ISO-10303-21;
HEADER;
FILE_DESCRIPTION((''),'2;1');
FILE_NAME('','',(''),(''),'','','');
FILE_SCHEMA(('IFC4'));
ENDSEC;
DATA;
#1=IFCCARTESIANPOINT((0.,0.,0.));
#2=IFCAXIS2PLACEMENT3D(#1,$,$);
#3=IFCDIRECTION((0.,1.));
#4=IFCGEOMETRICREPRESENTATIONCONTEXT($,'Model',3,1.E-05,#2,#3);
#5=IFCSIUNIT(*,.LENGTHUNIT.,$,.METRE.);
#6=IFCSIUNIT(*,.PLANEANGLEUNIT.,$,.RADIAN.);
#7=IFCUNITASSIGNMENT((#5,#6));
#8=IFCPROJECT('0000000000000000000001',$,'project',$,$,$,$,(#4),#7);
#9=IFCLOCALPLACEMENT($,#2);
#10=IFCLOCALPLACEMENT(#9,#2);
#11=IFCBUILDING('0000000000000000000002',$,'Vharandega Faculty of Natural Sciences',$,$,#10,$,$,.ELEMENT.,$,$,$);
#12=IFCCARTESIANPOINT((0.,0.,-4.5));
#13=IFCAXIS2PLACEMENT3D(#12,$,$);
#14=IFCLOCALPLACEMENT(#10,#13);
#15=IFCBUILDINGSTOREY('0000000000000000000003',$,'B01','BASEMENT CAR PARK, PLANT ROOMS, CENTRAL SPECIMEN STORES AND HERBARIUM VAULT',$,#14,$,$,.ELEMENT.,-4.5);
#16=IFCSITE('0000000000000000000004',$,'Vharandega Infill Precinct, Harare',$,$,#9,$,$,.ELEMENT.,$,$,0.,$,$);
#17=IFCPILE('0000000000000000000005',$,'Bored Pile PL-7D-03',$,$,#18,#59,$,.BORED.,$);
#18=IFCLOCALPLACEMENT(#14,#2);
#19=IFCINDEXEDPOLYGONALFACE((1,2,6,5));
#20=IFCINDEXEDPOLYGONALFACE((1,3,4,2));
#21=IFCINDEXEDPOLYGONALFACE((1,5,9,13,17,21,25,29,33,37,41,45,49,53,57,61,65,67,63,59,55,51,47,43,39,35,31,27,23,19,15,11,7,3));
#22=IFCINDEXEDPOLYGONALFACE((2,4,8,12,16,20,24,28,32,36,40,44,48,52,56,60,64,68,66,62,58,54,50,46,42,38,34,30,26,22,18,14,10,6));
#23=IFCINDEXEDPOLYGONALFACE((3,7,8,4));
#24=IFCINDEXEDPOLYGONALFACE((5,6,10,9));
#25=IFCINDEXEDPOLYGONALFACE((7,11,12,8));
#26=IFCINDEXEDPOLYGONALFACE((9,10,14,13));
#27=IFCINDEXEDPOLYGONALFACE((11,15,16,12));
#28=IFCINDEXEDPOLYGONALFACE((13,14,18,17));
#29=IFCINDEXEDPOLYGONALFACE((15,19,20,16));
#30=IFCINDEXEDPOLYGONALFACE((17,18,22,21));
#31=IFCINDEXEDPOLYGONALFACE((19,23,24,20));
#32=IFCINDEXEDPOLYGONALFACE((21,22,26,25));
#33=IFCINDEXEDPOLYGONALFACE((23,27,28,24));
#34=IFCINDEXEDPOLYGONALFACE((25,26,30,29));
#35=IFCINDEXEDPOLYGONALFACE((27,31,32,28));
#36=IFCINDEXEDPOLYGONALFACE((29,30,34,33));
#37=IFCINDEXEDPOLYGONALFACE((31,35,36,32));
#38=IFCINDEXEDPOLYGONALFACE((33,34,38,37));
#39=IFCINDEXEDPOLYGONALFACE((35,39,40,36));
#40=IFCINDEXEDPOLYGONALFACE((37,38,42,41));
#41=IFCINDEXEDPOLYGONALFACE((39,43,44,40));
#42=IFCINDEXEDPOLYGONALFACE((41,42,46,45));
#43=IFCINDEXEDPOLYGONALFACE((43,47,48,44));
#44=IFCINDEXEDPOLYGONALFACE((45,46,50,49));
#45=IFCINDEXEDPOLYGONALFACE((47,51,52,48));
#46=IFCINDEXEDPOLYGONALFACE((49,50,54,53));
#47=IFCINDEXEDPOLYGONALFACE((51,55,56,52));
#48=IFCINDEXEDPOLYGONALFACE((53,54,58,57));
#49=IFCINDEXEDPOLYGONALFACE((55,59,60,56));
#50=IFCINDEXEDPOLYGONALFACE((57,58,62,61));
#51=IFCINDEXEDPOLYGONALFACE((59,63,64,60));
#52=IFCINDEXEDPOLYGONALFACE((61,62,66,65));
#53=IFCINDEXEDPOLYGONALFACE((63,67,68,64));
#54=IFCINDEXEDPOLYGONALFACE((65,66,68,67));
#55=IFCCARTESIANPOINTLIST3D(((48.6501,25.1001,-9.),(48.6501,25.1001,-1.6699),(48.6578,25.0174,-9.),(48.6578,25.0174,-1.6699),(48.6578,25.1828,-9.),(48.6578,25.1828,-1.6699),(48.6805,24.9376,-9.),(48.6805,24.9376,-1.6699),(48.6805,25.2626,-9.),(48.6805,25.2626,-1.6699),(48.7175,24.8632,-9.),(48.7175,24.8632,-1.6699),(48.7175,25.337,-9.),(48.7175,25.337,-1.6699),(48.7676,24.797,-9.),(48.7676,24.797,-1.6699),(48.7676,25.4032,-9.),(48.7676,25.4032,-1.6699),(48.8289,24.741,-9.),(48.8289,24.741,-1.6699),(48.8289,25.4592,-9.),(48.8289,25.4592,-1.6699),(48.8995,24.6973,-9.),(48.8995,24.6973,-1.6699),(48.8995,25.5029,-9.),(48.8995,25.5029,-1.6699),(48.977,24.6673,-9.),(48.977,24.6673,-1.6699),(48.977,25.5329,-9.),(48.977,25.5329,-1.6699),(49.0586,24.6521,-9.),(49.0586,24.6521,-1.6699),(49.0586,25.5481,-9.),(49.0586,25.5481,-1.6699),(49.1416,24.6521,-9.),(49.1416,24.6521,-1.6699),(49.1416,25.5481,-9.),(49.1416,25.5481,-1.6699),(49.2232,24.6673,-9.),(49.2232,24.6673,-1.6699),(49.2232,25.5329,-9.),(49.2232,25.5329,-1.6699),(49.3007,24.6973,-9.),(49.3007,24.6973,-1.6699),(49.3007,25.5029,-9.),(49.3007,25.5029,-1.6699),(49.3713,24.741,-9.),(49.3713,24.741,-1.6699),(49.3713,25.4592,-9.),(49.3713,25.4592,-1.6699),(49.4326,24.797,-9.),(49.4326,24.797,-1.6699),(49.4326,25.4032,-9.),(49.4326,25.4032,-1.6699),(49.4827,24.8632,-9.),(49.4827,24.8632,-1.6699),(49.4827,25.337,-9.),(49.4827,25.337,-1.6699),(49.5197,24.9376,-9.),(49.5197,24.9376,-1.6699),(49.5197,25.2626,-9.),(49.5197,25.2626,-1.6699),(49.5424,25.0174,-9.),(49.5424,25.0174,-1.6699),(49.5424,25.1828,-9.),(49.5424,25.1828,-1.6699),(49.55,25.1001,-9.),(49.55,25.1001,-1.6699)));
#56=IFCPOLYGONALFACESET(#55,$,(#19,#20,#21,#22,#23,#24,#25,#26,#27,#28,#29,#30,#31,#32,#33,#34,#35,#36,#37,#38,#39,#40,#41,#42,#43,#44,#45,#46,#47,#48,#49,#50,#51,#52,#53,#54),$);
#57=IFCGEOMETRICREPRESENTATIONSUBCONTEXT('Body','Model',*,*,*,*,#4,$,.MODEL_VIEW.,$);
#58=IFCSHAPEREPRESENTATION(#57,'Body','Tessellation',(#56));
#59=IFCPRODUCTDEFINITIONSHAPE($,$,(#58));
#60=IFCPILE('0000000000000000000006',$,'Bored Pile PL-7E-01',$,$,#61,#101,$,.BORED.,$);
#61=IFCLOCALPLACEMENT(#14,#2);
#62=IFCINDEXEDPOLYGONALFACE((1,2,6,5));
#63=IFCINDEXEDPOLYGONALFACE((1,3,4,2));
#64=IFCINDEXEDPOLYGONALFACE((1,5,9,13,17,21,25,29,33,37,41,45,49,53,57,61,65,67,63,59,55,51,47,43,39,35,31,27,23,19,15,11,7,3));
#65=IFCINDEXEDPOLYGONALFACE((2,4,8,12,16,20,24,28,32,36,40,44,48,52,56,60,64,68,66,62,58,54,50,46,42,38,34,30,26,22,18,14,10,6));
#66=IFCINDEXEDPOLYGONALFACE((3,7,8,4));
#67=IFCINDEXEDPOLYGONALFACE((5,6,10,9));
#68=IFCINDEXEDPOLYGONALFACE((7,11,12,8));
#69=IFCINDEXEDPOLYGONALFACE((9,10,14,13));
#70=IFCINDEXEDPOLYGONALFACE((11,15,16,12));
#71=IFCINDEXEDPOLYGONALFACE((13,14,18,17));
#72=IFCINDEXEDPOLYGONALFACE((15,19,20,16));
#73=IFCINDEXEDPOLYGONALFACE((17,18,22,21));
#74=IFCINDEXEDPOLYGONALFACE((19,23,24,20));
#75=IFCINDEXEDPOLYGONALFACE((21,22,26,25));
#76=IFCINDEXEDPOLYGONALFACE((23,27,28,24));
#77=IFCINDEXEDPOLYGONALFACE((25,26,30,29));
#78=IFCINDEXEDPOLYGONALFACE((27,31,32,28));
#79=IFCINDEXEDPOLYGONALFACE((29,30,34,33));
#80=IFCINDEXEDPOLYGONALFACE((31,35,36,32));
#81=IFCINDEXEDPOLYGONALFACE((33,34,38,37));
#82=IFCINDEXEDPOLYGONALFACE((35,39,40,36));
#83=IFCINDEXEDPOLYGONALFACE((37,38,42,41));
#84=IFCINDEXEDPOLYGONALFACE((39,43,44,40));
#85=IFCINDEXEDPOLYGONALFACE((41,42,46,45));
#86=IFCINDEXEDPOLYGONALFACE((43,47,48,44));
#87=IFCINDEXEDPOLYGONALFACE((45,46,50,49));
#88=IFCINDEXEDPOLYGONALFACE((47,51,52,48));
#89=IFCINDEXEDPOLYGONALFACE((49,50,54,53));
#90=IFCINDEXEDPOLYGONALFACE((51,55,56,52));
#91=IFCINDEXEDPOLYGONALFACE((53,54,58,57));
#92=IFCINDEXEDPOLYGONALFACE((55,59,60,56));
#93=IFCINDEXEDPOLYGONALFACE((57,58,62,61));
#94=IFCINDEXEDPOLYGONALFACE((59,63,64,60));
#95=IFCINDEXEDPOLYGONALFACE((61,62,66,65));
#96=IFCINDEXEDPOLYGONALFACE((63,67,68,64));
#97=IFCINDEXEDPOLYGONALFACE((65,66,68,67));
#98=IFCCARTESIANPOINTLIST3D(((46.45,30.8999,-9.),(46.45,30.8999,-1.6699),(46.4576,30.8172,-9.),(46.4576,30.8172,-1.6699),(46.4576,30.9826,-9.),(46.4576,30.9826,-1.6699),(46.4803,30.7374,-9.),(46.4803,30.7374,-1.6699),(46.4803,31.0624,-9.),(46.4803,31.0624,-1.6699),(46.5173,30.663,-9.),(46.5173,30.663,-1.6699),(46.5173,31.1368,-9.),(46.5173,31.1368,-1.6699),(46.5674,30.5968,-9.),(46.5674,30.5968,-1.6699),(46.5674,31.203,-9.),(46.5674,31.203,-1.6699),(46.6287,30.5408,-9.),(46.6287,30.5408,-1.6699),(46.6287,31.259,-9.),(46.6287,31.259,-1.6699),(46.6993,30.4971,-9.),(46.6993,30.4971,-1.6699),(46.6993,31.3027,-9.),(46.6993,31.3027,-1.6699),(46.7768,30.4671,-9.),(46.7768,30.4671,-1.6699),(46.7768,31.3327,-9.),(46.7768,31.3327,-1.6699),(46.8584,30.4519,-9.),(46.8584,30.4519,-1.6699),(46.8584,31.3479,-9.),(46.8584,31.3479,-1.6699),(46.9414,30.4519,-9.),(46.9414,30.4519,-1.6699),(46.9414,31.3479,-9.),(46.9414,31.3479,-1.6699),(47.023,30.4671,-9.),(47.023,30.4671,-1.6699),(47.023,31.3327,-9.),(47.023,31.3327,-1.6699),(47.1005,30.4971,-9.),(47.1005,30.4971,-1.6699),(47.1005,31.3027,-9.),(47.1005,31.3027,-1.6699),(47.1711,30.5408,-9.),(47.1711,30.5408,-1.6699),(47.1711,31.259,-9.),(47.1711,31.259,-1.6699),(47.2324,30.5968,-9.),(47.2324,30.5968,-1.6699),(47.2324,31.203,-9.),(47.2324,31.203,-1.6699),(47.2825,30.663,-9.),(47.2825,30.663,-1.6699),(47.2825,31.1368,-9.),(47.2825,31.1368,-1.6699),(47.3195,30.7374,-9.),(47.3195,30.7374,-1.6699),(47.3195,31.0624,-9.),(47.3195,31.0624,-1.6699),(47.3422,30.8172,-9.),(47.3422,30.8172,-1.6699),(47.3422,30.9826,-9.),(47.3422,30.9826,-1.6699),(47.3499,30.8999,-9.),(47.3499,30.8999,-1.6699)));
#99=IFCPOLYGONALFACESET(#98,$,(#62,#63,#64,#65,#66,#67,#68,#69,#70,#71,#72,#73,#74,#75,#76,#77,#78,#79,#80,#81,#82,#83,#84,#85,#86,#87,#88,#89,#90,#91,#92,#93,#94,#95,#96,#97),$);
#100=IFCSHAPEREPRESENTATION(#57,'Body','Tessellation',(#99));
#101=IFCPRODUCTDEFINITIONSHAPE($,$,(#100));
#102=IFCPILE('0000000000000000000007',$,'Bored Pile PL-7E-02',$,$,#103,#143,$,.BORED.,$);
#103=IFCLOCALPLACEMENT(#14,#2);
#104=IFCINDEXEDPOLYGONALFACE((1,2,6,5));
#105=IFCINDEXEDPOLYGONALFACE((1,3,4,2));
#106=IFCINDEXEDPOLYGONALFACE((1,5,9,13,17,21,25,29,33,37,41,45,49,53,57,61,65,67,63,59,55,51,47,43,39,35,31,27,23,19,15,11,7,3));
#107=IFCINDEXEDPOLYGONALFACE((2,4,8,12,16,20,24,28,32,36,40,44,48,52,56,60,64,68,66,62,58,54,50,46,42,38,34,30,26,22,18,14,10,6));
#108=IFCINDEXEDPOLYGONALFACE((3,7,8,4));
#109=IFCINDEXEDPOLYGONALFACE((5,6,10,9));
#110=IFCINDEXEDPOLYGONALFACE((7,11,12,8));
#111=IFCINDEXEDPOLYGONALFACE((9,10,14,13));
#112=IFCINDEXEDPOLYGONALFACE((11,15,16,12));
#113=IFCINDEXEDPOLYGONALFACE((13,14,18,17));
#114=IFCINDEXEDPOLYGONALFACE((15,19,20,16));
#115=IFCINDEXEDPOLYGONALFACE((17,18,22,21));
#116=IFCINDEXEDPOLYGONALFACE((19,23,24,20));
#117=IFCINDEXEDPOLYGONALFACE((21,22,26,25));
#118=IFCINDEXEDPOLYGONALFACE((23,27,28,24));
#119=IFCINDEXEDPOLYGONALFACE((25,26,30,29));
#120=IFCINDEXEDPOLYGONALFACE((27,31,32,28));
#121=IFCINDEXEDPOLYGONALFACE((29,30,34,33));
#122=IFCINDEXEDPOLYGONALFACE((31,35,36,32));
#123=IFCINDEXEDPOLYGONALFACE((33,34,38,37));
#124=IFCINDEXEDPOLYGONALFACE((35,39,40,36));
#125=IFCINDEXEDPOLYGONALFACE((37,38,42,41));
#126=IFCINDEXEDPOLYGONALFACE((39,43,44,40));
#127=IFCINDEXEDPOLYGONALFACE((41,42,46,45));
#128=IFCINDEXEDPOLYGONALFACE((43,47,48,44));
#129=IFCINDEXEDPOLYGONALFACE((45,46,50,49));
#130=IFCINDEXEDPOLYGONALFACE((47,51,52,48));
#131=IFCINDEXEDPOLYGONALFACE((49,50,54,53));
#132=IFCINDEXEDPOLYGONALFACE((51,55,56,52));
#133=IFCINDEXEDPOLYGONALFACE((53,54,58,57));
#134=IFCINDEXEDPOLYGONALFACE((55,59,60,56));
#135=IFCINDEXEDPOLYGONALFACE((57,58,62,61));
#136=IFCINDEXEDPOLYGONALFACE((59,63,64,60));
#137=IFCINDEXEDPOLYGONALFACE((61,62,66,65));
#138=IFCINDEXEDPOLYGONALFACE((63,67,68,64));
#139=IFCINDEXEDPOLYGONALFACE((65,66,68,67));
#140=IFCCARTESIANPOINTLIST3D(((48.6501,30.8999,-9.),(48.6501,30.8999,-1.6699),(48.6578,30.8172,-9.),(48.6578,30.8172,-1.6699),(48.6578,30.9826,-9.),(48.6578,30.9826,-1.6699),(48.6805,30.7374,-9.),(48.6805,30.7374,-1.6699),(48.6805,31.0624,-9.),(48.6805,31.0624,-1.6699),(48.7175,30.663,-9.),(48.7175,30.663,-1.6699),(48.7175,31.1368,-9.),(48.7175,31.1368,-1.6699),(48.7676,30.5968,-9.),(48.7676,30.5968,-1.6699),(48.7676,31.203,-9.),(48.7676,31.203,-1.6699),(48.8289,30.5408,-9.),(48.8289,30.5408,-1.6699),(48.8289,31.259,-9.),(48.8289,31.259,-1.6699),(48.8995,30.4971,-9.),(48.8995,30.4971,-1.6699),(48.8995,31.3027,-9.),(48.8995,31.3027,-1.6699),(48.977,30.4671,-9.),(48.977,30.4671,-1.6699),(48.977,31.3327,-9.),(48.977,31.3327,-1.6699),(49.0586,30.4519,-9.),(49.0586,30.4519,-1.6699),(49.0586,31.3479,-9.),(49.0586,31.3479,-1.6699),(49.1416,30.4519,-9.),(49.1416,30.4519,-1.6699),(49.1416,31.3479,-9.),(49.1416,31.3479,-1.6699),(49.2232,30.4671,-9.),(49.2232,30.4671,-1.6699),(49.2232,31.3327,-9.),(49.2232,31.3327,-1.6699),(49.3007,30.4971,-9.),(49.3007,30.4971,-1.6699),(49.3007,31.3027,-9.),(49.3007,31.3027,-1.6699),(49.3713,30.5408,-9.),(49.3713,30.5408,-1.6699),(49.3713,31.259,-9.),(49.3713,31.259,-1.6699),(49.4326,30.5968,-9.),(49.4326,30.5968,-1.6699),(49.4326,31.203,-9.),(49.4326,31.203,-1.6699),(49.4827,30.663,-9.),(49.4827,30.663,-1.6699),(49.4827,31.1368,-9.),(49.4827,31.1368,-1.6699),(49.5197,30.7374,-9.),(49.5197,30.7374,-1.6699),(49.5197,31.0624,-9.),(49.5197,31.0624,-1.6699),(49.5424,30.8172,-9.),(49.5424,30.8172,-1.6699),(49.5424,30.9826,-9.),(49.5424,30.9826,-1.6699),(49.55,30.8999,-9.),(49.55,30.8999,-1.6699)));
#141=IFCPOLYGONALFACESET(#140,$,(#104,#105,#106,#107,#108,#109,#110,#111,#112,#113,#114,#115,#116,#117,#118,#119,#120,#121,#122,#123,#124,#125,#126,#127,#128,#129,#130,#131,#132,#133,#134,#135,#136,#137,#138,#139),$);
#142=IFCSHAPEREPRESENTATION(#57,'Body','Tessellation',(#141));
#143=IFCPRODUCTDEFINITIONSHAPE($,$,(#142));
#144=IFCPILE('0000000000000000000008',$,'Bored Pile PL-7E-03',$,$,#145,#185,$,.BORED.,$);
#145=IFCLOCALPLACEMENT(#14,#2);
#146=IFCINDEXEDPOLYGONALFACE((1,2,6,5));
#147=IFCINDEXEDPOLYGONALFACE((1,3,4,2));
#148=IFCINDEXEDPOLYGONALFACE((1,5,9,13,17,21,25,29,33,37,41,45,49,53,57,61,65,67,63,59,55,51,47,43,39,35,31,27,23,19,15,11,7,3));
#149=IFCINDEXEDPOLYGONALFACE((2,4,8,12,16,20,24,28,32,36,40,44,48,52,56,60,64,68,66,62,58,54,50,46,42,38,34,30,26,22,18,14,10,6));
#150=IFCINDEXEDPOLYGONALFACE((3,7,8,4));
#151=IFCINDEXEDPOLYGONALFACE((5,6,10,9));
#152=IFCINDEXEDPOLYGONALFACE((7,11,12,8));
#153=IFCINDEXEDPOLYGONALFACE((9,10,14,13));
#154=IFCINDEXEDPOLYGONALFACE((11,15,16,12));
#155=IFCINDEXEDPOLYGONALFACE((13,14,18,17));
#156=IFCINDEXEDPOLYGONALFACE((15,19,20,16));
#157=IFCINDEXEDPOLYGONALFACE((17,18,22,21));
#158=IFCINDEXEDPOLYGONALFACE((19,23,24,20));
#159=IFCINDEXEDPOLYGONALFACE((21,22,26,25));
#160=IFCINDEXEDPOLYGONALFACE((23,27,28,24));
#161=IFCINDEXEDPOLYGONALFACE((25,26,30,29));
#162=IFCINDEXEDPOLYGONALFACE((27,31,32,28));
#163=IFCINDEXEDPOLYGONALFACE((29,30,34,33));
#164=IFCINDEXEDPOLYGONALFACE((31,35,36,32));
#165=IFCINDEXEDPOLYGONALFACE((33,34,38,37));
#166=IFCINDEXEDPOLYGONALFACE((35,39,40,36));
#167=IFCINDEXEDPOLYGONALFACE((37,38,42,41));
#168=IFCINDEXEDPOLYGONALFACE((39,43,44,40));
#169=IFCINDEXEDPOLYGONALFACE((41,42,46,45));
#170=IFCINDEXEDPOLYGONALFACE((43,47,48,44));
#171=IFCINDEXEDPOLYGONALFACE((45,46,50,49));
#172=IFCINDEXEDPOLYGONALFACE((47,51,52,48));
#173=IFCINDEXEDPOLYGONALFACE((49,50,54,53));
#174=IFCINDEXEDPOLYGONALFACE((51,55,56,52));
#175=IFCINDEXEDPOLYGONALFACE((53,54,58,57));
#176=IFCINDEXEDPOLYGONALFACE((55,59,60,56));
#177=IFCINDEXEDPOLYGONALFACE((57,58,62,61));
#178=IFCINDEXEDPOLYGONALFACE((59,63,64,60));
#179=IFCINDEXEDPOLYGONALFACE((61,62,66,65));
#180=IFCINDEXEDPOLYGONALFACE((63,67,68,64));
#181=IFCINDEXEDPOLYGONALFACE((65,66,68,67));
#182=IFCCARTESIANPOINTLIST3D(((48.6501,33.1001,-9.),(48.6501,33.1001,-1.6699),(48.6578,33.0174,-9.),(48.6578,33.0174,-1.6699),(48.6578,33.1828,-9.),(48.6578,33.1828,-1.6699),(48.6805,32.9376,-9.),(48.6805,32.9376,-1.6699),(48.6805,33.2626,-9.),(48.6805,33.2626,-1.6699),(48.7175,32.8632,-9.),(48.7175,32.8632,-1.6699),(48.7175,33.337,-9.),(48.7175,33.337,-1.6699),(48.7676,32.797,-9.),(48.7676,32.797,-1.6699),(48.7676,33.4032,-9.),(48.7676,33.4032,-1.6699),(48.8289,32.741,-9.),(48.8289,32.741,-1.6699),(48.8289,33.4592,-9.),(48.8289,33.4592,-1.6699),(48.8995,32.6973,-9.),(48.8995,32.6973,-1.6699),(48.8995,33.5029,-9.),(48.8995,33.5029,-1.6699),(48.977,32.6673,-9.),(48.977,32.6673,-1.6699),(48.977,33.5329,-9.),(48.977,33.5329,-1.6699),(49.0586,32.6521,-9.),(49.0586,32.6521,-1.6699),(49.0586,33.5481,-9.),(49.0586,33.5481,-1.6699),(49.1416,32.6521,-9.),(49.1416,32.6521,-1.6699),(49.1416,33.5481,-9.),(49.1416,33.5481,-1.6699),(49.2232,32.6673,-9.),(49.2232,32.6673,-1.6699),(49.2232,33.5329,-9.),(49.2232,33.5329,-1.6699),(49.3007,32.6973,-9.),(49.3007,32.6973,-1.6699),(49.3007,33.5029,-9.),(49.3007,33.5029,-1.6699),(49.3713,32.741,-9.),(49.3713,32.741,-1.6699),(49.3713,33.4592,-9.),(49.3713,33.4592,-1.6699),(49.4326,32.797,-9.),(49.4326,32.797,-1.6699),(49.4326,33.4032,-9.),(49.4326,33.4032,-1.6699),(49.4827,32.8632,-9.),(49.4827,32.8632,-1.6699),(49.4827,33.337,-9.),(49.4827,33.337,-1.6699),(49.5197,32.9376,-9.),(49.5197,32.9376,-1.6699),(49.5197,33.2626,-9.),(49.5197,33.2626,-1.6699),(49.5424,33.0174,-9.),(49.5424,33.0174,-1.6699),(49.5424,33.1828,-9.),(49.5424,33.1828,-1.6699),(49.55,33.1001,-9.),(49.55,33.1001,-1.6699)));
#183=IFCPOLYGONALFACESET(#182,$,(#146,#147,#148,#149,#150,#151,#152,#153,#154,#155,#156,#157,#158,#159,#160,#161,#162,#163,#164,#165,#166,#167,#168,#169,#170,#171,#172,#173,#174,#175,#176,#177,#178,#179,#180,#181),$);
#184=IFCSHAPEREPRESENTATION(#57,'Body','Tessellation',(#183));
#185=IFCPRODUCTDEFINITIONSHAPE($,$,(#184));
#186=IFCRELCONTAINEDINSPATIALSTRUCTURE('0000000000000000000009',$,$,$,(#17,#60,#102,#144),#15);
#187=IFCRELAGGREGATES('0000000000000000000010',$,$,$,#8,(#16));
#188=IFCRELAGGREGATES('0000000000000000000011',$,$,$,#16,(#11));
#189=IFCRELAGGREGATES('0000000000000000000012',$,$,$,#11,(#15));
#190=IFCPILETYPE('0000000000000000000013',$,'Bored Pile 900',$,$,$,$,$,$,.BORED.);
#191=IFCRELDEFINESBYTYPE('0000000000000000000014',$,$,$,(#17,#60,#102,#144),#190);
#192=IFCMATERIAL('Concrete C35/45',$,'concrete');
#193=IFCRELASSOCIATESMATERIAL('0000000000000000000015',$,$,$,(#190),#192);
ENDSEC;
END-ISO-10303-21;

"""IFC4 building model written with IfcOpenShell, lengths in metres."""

from ifc_helpers import new_model, si_unit, direction, frame, origin, origin_2d, place, context, subcontext, project, spatial, circle, extrude, material, material_profile, profile_set, type_object, element, save


model = new_model("IFC4")

# Units and contexts
model_context = context("Model", 3, precision=1e-05, world=origin(), true_north=direction((0.0, 1.0)))
body_context = subcontext(model_context, "Body", "Model", "MODEL_VIEW")
ifc_project = project(units=[si_unit("LENGTHUNIT", "METRE"), si_unit("PLANEANGLEUNIT", "RADIAN")], contexts=[model_context])

# Site, building, storey
site_placement = place(None, origin())
site = spatial("IfcSite", under=ifc_project, at=site_placement, Name="Vharandega Infill Precinct, Harare", CompositionType="ELEMENT", RefElevation=0.0)
building_placement = place(site_placement, origin())
building = spatial("IfcBuilding", under=site, at=building_placement, Name="Vharandega Faculty of Natural Sciences", CompositionType="ELEMENT")
storey_placement = place(building_placement, frame((0.0, 0.0, -4.5)))
storey = spatial("IfcBuildingStorey", under=building, at=storey_placement, Name="B01", Description="BASEMENT CAR PARK, PLANT ROOMS, CENTRAL SPECIMEN STORES AND HERBARIUM VAULT", CompositionType="ELEMENT", Elevation=-4.5)

# Piles
ifc_material_1 = material(Name="Concrete C35/45", Category="concrete")
ifc_material_profile_1 = material_profile(ifc_material_1, circle(Radius=0.45, at=origin_2d()), Name="PILE 900")
ifc_profile_set_1 = profile_set([ifc_material_profile_1], Name="Concrete C35/45")
pile_type_1 = type_object("IfcPileType", Name="Bored Pile 900", PredefinedType="BORED", material=ifc_profile_set_1)
for number, where, z_axis, x_axis, name in (
    (1, (49.1001, 25.1001, -1.6699), (0.0, 0.0, -1.0), (1.0, 0.0, 0.0), "Bored Pile PL-7D-03"),
    (2, (46.8999, 30.8999, -1.6699), (0.0, 0.0, -1.0), (1.0, 0.0, 0.0), "Bored Pile PL-7E-01"),
    (3, (49.1001, 30.8999, -1.6699), (0.0, 0.0, -1.0), (1.0, 0.0, 0.0), "Bored Pile PL-7E-02"),
    (4, (49.1001, 33.1001, -1.6699), (0.0, 0.0, -1.0), (1.0, 0.0, 0.0), "Bored Pile PL-7E-03"),
):
    element("IfcPile", number, at=place(storey_placement, frame(where, z_axis=z_axis, x_axis=x_axis)), inside=storey, type_object=pile_type_1, Name=name, PredefinedType="BORED", context=body_context, shape_type="SweptSolid", body=[
        extrude(circle(Radius=0.45, at=origin_2d()), origin(), (0.0, 0.0, 1.0), 7.3301),
    ])

save(model, "model.ifc")
